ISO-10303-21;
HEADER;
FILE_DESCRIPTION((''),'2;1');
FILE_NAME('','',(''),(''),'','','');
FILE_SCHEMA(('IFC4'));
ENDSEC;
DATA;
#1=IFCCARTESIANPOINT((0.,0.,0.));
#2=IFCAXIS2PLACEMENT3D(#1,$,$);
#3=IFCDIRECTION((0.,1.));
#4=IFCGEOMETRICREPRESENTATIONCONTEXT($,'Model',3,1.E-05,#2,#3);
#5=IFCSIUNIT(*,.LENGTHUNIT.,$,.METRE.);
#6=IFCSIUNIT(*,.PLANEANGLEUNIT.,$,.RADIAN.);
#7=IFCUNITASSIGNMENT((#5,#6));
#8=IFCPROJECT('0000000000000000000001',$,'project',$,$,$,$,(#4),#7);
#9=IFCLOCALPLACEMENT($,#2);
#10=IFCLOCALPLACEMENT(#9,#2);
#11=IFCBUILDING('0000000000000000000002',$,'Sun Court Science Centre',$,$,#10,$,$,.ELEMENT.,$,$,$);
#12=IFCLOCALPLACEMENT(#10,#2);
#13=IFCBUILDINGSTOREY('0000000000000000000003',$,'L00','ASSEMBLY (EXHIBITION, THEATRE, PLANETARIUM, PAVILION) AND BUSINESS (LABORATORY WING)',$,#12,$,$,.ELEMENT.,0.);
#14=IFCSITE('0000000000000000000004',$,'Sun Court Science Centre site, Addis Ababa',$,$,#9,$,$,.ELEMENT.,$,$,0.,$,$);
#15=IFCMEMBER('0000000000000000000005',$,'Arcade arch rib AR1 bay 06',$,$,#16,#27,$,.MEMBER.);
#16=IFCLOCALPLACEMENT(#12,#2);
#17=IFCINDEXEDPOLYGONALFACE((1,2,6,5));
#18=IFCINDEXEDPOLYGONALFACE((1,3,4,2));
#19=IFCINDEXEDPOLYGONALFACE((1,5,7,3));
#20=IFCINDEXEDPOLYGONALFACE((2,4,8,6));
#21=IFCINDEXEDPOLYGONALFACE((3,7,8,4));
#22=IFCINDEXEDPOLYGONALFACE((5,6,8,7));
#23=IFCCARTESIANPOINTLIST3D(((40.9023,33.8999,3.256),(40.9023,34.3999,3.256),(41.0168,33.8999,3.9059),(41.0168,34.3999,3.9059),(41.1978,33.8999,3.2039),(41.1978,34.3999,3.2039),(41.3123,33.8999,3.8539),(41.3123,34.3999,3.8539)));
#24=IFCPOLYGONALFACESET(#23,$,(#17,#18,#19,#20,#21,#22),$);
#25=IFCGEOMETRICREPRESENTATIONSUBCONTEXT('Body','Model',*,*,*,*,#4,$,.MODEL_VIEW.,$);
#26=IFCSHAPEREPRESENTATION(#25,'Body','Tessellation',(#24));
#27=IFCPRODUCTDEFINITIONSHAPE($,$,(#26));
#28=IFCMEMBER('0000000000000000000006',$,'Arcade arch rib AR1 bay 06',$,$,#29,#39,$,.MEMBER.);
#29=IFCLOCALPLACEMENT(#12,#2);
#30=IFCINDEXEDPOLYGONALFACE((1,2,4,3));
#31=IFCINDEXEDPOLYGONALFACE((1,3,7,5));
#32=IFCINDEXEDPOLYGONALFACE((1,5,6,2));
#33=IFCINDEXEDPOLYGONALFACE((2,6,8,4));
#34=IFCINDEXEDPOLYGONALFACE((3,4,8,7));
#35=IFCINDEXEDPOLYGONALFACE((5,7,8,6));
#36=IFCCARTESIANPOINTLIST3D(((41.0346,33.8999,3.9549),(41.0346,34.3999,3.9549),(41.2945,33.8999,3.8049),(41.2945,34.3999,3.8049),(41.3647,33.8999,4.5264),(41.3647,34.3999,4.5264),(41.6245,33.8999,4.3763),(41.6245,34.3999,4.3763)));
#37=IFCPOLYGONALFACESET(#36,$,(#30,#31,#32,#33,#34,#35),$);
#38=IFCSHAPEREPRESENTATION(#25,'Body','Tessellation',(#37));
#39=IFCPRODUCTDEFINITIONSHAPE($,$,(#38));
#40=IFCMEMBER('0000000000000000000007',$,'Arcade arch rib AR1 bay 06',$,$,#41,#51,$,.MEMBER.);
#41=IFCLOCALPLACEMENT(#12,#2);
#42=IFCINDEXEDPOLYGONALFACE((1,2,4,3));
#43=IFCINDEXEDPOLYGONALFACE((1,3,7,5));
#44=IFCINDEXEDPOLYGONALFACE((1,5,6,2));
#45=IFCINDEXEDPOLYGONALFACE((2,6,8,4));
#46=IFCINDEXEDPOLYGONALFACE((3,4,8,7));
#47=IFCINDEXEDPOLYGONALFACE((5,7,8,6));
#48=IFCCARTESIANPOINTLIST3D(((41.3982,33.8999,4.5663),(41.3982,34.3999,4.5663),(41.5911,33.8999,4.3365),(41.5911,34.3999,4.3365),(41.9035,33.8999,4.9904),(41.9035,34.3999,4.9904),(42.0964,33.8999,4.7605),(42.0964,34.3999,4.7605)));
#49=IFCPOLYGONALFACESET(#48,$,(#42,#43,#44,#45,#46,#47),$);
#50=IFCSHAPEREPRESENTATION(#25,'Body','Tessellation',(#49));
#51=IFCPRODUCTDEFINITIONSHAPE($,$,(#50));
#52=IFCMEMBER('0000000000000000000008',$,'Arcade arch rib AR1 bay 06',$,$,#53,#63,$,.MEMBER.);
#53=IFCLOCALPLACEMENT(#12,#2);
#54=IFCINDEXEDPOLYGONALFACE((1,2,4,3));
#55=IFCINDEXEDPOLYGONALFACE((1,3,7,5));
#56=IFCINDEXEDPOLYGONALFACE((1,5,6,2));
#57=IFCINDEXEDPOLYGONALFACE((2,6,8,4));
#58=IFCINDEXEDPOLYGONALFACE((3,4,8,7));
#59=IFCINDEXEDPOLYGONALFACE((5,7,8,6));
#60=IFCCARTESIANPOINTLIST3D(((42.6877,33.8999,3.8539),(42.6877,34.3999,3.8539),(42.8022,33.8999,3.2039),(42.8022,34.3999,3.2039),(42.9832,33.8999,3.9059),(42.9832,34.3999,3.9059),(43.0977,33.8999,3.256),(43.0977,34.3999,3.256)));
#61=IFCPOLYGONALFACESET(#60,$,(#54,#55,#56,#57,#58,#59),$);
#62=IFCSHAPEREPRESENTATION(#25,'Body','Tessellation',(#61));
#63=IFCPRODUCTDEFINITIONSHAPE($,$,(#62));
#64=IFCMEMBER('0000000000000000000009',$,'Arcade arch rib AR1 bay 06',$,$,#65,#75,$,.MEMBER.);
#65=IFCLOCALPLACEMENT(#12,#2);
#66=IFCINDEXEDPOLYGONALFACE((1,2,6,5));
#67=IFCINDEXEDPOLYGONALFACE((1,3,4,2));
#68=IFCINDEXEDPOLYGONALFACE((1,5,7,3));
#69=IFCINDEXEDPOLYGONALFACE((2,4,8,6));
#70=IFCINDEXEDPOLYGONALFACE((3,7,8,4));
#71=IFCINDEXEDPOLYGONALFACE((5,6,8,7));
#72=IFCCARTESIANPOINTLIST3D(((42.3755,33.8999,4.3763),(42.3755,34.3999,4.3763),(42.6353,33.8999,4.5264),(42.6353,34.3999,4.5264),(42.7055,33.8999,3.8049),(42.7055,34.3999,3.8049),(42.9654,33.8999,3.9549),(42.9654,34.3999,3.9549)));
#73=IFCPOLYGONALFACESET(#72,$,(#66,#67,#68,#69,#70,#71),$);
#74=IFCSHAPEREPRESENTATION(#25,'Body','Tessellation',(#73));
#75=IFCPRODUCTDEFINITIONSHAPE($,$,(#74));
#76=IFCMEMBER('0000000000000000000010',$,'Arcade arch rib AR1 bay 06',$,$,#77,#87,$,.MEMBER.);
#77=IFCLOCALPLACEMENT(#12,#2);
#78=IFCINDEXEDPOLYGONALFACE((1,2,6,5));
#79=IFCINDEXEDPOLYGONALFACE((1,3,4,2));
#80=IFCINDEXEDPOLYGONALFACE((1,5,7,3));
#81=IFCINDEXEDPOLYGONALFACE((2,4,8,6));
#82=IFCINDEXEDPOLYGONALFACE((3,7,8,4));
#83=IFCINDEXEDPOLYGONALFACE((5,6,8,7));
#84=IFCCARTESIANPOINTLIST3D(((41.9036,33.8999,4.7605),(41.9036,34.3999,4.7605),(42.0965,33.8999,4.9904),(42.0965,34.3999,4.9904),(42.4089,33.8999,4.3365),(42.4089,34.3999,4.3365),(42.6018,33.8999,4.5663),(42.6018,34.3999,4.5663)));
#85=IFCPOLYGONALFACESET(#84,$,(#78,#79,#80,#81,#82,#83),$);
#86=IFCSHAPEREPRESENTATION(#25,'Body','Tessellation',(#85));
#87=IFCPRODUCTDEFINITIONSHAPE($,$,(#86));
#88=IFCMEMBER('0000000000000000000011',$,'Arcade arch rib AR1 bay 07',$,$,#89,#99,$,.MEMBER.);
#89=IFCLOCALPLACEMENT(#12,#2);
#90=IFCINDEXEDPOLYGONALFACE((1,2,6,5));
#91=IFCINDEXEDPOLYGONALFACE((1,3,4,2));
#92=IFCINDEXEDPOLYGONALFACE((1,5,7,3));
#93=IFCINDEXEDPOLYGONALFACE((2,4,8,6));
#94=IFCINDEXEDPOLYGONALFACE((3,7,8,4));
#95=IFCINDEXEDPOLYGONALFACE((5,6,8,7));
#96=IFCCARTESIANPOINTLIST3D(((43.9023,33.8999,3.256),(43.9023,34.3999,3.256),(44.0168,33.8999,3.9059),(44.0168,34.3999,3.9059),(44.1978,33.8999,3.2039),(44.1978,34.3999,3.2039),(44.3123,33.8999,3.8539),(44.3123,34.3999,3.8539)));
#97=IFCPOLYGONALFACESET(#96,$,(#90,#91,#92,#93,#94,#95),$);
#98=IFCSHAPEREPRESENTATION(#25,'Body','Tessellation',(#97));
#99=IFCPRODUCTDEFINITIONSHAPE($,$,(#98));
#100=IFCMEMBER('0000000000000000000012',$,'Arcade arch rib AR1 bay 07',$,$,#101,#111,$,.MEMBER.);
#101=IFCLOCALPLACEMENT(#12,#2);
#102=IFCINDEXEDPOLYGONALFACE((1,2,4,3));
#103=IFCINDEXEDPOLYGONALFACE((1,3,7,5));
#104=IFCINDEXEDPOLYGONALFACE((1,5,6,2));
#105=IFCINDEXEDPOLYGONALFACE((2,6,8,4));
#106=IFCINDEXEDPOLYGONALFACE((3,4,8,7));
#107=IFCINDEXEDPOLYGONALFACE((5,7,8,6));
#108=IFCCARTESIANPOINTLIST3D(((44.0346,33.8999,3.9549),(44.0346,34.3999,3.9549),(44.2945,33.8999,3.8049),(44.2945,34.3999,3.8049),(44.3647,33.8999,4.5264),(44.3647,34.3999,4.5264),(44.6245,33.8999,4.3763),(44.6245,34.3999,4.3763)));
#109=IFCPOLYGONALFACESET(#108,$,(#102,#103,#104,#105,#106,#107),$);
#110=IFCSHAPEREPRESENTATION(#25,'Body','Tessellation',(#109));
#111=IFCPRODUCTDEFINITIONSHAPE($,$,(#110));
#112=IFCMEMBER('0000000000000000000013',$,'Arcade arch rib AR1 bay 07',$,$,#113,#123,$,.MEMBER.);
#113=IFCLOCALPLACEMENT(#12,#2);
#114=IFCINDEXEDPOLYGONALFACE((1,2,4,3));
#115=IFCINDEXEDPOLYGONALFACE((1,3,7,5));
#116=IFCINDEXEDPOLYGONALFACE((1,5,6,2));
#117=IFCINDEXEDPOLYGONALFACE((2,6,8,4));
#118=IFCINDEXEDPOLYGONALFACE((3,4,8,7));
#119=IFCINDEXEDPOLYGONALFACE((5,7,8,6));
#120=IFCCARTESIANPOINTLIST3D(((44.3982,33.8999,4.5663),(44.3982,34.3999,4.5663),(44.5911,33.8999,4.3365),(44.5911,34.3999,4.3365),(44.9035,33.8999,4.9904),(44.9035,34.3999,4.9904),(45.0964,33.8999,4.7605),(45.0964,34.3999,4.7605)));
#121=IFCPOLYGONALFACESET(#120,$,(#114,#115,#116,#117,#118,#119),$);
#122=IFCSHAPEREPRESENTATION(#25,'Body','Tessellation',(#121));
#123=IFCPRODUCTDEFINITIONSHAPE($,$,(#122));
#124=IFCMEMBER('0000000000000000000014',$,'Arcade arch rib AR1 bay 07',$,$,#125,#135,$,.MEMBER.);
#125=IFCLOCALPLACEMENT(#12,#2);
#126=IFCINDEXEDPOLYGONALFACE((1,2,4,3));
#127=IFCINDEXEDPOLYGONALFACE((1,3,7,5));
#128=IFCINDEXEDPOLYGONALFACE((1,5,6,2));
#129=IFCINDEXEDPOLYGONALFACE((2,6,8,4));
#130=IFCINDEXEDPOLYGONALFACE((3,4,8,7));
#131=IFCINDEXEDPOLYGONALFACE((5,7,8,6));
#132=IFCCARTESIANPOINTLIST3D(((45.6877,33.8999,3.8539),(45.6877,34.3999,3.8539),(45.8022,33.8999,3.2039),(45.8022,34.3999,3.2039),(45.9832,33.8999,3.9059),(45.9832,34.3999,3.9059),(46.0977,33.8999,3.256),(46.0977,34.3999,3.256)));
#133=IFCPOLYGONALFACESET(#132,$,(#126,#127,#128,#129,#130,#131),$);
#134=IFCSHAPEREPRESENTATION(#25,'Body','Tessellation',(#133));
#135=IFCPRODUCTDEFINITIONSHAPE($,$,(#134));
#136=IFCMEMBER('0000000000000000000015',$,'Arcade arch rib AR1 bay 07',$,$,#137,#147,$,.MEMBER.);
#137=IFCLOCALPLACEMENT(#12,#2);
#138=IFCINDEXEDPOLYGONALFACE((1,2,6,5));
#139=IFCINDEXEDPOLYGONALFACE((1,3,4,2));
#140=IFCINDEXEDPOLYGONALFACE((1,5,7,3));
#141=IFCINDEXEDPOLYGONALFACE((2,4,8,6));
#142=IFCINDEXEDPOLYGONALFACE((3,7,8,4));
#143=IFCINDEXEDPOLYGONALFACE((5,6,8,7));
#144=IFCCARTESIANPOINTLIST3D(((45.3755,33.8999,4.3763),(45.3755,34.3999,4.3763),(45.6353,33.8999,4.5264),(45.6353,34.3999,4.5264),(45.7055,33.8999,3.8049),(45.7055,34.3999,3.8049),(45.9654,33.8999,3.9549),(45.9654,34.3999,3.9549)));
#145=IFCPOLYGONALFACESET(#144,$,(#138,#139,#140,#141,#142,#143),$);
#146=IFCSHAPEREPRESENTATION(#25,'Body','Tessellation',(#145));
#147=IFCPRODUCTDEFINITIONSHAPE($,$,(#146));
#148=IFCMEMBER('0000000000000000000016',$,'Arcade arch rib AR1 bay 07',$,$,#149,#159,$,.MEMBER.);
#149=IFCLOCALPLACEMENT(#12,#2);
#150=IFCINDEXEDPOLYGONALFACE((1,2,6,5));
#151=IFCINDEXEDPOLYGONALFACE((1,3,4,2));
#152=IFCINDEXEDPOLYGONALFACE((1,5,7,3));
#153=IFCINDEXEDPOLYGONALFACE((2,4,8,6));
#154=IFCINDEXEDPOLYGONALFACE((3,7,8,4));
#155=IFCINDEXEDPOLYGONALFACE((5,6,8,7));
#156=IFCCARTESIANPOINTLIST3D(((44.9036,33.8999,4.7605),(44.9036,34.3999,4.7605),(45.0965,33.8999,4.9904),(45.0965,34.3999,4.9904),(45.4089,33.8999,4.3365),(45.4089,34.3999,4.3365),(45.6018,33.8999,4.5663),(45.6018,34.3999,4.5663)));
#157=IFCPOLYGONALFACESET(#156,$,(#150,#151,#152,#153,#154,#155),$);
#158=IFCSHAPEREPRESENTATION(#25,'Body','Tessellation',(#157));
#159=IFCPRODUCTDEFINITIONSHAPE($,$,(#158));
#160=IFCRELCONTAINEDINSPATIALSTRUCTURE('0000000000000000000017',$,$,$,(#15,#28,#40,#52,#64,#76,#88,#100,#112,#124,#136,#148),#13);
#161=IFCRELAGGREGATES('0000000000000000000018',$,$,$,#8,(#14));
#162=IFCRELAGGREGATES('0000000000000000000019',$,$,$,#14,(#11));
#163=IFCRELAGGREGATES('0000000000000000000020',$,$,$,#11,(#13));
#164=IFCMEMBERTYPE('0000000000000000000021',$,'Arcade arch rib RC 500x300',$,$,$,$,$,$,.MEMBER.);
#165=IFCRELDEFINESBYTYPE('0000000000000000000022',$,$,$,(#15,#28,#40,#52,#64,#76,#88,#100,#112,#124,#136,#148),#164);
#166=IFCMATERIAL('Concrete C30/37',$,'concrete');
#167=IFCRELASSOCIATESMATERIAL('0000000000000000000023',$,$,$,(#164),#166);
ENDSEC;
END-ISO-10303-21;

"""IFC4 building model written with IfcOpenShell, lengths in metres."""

from ifc_helpers import new_model, si_unit, direction, frame, origin, origin_2d, place, context, subcontext, project, spatial, rectangle, extrude, material, material_profile, profile_set, type_object, element, save


model = new_model("IFC4")

# Units and contexts
model_context = context("Model", 3, precision=1e-05, world=origin(), true_north=direction((0.0, 1.0)))
body_context = subcontext(model_context, "Body", "Model", "MODEL_VIEW")
ifc_project = project(units=[si_unit("LENGTHUNIT", "METRE"), si_unit("PLANEANGLEUNIT", "RADIAN")], contexts=[model_context])

# Site, building, storey
site_placement = place(None, origin())
site = spatial("IfcSite", under=ifc_project, at=site_placement, Name="Sun Court Science Centre site, Addis Ababa", CompositionType="ELEMENT", RefElevation=0.0)
building_placement = place(site_placement, origin())
building = spatial("IfcBuilding", under=site, at=building_placement, Name="Sun Court Science Centre", CompositionType="ELEMENT")
storey_placement = place(building_placement, origin())
storey = spatial("IfcBuildingStorey", under=building, at=storey_placement, Name="L00", Description="ASSEMBLY (EXHIBITION, THEATRE, PLANETARIUM, PAVILION) AND BUSINESS (LABORATORY WING)", CompositionType="ELEMENT", Elevation=0.0)

# Members
ifc_material_1 = material(Name="Concrete C30/37", Category="concrete")
ifc_material_profile_1 = material_profile(ifc_material_1, rectangle(XDim=0.5, YDim=0.3, at=origin_2d()), Name="RC 500x300")
ifc_profile_set_1 = profile_set([ifc_material_profile_1], Name="Concrete C30/37")
member_type_1 = type_object("IfcMemberType", Name="Arcade arch rib RC 500x300", PredefinedType="MEMBER", material=ifc_profile_set_1)
for number, where, z_axis, x_axis, name in (
    (1, (41.05, 34.1499, 3.23), (0.173511, 0.0, 0.984832), (0.0, 1.0, 0.0), "Arcade arch rib AR1 bay 06"),
    (2, (41.1646, 34.1499, 3.8799), (0.500117, 0.0, 0.865958), (0.0, 1.0, 0.0), "Arcade arch rib AR1 bay 06"),
):
    element("IfcMember", number, at=place(storey_placement, frame(where, z_axis=z_axis, x_axis=x_axis)), inside=storey, type_object=member_type_1, Name=name, PredefinedType="MEMBER", context=body_context, shape_type="SweptSolid", body=[
        extrude(rectangle(XDim=0.5, YDim=0.3, at=origin_2d()), origin(), (0.0, 0.0, 1.0), 0.6599),
    ])
member_1_placement = place(storey_placement, frame((41.4946, 34.1499, 4.4514), z_axis=(0.766033, 0.0, 0.642801), x_axis=(0.0, 1.0, 0.0)))
element("IfcMember", 3, at=member_1_placement, inside=storey, type_object=member_type_1, Name="Arcade arch rib AR1 bay 06", PredefinedType="MEMBER", context=body_context, shape_type="SweptSolid", body=[
    extrude(rectangle(XDim=0.5, YDim=0.3, at=origin_2d()), origin(), (0.0, 0.0, 1.0), 0.6597),
])
for number, where, z_axis, x_axis, name in (
    (4, (42.95, 34.1499, 3.23), (-0.173511, 0.0, 0.984832), (0.0, -1.0, 0.0), "Arcade arch rib AR1 bay 06"),
    (5, (42.8354, 34.1499, 3.8799), (-0.500117, 0.0, 0.865958), (0.0, -1.0, 0.0), "Arcade arch rib AR1 bay 06"),
):
    element("IfcMember", number, at=place(storey_placement, frame(where, z_axis=z_axis, x_axis=x_axis)), inside=storey, type_object=member_type_1, Name=name, PredefinedType="MEMBER", context=body_context, shape_type="SweptSolid", body=[
        extrude(rectangle(XDim=0.5, YDim=0.3, at=origin_2d()), origin(), (0.0, 0.0, 1.0), 0.6599),
    ])
member_2_placement = place(storey_placement, frame((42.5054, 34.1499, 4.4514), z_axis=(-0.766033, 0.0, 0.642801), x_axis=(0.0, -1.0, 0.0)))
element("IfcMember", 6, at=member_2_placement, inside=storey, type_object=member_type_1, Name="Arcade arch rib AR1 bay 06", PredefinedType="MEMBER", context=body_context, shape_type="SweptSolid", body=[
    extrude(rectangle(XDim=0.5, YDim=0.3, at=origin_2d()), origin(), (0.0, 0.0, 1.0), 0.6597),
])
for number, where, z_axis, x_axis, name in (
    (7, (44.05, 34.1499, 3.23), (0.173511, 0.0, 0.984832), (0.0, 1.0, 0.0), "Arcade arch rib AR1 bay 07"),
    (8, (44.1646, 34.1499, 3.8799), (0.500117, 0.0, 0.865958), (0.0, 1.0, 0.0), "Arcade arch rib AR1 bay 07"),
):
    element("IfcMember", number, at=place(storey_placement, frame(where, z_axis=z_axis, x_axis=x_axis)), inside=storey, type_object=member_type_1, Name=name, PredefinedType="MEMBER", context=body_context, shape_type="SweptSolid", body=[
        extrude(rectangle(XDim=0.5, YDim=0.3, at=origin_2d()), origin(), (0.0, 0.0, 1.0), 0.6599),
    ])
member_3_placement = place(storey_placement, frame((44.4946, 34.1499, 4.4514), z_axis=(0.766033, 0.0, 0.642801), x_axis=(0.0, 1.0, 0.0)))
element("IfcMember", 9, at=member_3_placement, inside=storey, type_object=member_type_1, Name="Arcade arch rib AR1 bay 07", PredefinedType="MEMBER", context=body_context, shape_type="SweptSolid", body=[
    extrude(rectangle(XDim=0.5, YDim=0.3, at=origin_2d()), origin(), (0.0, 0.0, 1.0), 0.6597),
])
for number, where, z_axis, x_axis, name in (
    (10, (45.95, 34.1499, 3.23), (-0.173511, 0.0, 0.984832), (0.0, -1.0, 0.0), "Arcade arch rib AR1 bay 07"),
    (11, (45.8354, 34.1499, 3.8799), (-0.500117, 0.0, 0.865958), (0.0, -1.0, 0.0), "Arcade arch rib AR1 bay 07"),
):
    element("IfcMember", number, at=place(storey_placement, frame(where, z_axis=z_axis, x_axis=x_axis)), inside=storey, type_object=member_type_1, Name=name, PredefinedType="MEMBER", context=body_context, shape_type="SweptSolid", body=[
        extrude(rectangle(XDim=0.5, YDim=0.3, at=origin_2d()), origin(), (0.0, 0.0, 1.0), 0.6599),
    ])
member_4_placement = place(storey_placement, frame((45.5054, 34.1499, 4.4514), z_axis=(-0.766033, 0.0, 0.642801), x_axis=(0.0, -1.0, 0.0)))
element("IfcMember", 12, at=member_4_placement, inside=storey, type_object=member_type_1, Name="Arcade arch rib AR1 bay 07", PredefinedType="MEMBER", context=body_context, shape_type="SweptSolid", body=[
    extrude(rectangle(XDim=0.5, YDim=0.3, at=origin_2d()), origin(), (0.0, 0.0, 1.0), 0.6597),
])

save(model, "model.ifc")
